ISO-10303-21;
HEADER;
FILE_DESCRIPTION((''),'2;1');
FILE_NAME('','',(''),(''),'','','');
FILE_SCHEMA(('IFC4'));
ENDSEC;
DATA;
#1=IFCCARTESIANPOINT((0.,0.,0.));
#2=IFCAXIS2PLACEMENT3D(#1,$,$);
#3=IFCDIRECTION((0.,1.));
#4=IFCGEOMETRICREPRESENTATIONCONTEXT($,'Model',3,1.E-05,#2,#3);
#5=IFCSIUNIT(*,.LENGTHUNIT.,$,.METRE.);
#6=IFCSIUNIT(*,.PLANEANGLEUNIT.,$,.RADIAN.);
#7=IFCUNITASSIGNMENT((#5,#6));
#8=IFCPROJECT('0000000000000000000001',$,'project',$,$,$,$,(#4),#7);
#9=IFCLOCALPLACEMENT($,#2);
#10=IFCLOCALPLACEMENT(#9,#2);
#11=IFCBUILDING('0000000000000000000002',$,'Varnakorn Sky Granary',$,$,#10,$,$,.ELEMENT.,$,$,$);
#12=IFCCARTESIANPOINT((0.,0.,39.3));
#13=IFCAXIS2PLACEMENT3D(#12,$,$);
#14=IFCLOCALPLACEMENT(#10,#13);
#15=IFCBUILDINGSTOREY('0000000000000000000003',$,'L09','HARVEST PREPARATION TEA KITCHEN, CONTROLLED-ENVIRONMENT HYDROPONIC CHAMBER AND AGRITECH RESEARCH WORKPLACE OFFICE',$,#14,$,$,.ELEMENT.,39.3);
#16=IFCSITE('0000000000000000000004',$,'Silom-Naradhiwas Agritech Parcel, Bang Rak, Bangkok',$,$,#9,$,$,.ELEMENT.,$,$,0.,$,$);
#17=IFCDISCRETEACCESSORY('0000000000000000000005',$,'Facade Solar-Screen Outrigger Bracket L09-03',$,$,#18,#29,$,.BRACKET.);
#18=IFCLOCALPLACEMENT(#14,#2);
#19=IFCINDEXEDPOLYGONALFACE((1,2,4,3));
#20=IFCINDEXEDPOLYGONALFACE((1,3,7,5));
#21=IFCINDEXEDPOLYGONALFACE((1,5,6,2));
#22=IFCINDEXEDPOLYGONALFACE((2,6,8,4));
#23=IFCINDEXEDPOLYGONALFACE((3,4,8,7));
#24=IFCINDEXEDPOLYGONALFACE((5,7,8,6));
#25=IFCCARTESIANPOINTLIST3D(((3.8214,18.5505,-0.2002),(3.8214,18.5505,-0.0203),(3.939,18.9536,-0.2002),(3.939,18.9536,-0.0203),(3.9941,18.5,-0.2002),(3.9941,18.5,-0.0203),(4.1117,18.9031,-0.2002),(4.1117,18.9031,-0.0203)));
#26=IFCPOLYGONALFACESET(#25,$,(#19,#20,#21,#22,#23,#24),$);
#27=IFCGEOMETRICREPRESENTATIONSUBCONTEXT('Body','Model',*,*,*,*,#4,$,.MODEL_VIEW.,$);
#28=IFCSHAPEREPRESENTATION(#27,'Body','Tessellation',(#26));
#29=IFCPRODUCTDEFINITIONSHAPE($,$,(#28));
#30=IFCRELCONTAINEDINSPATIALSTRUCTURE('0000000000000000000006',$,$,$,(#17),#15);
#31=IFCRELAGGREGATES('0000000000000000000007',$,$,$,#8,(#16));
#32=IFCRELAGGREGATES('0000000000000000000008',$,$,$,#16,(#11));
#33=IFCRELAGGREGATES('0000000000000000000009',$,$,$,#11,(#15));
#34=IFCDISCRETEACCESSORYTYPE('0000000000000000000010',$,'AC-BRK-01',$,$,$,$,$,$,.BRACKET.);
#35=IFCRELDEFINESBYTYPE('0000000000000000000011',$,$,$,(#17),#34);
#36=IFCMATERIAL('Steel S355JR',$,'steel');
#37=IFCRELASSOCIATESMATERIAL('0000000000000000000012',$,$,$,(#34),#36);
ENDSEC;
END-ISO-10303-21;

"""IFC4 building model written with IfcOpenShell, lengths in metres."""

from ifc_helpers import new_model, si_unit, direction, frame, origin, origin_2d, place, context, subcontext, project, spatial, rectangle, extrude, source, transform, mapped, material, type_object, type_shapes, element, save


model = new_model("IFC4")

# Units and contexts
model_context = context("Model", 3, precision=1e-05, world=origin(), true_north=direction((0.0, 1.0)))
body_context = subcontext(model_context, "Body", "Model", "MODEL_VIEW")
ifc_project = project(units=[si_unit("LENGTHUNIT", "METRE"), si_unit("PLANEANGLEUNIT", "RADIAN")], contexts=[model_context])

# Site, building, storey
site_placement = place(None, origin())
site = spatial("IfcSite", under=ifc_project, at=site_placement, Name="Silom-Naradhiwas Agritech Parcel, Bang Rak, Bangkok", CompositionType="ELEMENT", RefElevation=0.0)
building_placement = place(site_placement, origin())
building = spatial("IfcBuilding", under=site, at=building_placement, Name="Varnakorn Sky Granary", CompositionType="ELEMENT")
storey_placement = place(building_placement, frame((0.0, 0.0, 39.3)))
storey = spatial("IfcBuildingStorey", under=building, at=storey_placement, Name="L09", Description="HARVEST PREPARATION TEA KITCHEN, CONTROLLED-ENVIRONMENT HYDROPONIC CHAMBER AND AGRITECH RESEARCH WORKPLACE OFFICE", CompositionType="ELEMENT", Elevation=39.3)

# Shared definitions
ifc_material_1 = material(Name="Steel S355JR", Category="steel")

# Discrete accessory
discrete_accessory_type = type_object("IfcDiscreteAccessoryType", Name="AC-BRK-01", PredefinedType="BRACKET", material=ifc_material_1)
shared_shape_1 = source(origin(), body_context, "Body", "SweptSolid", [
    extrude(rectangle(XDim=0.1799, YDim=0.4199, at=origin_2d()), origin(), (0.0, 0.0, 1.0), 0.1799),
])
type_shapes(discrete_accessory_type, [shared_shape_1])
discrete_accessory_placement = place(storey_placement, frame((3.9666, 18.7268, -0.2002), z_axis=(0.0, 0.0, 1.0), x_axis=(-0.959937, 0.280216, 0.0)))
element("IfcDiscreteAccessory", 1, at=discrete_accessory_placement, inside=storey, type_object=discrete_accessory_type, Name="Facade Solar-Screen Outrigger Bracket L09-03", PredefinedType="BRACKET", context=body_context, shape_type="MappedRepresentation", body=[
    mapped(shared_shape_1, transform((0.0, 0.0, 0.0), x_axis=(1.0, 0.0, 0.0), y_axis=(0.0, 1.0, 0.0), z_axis=(0.0, 0.0, 1.0), scale=1.0)),
])

save(model, "model.ifc")
